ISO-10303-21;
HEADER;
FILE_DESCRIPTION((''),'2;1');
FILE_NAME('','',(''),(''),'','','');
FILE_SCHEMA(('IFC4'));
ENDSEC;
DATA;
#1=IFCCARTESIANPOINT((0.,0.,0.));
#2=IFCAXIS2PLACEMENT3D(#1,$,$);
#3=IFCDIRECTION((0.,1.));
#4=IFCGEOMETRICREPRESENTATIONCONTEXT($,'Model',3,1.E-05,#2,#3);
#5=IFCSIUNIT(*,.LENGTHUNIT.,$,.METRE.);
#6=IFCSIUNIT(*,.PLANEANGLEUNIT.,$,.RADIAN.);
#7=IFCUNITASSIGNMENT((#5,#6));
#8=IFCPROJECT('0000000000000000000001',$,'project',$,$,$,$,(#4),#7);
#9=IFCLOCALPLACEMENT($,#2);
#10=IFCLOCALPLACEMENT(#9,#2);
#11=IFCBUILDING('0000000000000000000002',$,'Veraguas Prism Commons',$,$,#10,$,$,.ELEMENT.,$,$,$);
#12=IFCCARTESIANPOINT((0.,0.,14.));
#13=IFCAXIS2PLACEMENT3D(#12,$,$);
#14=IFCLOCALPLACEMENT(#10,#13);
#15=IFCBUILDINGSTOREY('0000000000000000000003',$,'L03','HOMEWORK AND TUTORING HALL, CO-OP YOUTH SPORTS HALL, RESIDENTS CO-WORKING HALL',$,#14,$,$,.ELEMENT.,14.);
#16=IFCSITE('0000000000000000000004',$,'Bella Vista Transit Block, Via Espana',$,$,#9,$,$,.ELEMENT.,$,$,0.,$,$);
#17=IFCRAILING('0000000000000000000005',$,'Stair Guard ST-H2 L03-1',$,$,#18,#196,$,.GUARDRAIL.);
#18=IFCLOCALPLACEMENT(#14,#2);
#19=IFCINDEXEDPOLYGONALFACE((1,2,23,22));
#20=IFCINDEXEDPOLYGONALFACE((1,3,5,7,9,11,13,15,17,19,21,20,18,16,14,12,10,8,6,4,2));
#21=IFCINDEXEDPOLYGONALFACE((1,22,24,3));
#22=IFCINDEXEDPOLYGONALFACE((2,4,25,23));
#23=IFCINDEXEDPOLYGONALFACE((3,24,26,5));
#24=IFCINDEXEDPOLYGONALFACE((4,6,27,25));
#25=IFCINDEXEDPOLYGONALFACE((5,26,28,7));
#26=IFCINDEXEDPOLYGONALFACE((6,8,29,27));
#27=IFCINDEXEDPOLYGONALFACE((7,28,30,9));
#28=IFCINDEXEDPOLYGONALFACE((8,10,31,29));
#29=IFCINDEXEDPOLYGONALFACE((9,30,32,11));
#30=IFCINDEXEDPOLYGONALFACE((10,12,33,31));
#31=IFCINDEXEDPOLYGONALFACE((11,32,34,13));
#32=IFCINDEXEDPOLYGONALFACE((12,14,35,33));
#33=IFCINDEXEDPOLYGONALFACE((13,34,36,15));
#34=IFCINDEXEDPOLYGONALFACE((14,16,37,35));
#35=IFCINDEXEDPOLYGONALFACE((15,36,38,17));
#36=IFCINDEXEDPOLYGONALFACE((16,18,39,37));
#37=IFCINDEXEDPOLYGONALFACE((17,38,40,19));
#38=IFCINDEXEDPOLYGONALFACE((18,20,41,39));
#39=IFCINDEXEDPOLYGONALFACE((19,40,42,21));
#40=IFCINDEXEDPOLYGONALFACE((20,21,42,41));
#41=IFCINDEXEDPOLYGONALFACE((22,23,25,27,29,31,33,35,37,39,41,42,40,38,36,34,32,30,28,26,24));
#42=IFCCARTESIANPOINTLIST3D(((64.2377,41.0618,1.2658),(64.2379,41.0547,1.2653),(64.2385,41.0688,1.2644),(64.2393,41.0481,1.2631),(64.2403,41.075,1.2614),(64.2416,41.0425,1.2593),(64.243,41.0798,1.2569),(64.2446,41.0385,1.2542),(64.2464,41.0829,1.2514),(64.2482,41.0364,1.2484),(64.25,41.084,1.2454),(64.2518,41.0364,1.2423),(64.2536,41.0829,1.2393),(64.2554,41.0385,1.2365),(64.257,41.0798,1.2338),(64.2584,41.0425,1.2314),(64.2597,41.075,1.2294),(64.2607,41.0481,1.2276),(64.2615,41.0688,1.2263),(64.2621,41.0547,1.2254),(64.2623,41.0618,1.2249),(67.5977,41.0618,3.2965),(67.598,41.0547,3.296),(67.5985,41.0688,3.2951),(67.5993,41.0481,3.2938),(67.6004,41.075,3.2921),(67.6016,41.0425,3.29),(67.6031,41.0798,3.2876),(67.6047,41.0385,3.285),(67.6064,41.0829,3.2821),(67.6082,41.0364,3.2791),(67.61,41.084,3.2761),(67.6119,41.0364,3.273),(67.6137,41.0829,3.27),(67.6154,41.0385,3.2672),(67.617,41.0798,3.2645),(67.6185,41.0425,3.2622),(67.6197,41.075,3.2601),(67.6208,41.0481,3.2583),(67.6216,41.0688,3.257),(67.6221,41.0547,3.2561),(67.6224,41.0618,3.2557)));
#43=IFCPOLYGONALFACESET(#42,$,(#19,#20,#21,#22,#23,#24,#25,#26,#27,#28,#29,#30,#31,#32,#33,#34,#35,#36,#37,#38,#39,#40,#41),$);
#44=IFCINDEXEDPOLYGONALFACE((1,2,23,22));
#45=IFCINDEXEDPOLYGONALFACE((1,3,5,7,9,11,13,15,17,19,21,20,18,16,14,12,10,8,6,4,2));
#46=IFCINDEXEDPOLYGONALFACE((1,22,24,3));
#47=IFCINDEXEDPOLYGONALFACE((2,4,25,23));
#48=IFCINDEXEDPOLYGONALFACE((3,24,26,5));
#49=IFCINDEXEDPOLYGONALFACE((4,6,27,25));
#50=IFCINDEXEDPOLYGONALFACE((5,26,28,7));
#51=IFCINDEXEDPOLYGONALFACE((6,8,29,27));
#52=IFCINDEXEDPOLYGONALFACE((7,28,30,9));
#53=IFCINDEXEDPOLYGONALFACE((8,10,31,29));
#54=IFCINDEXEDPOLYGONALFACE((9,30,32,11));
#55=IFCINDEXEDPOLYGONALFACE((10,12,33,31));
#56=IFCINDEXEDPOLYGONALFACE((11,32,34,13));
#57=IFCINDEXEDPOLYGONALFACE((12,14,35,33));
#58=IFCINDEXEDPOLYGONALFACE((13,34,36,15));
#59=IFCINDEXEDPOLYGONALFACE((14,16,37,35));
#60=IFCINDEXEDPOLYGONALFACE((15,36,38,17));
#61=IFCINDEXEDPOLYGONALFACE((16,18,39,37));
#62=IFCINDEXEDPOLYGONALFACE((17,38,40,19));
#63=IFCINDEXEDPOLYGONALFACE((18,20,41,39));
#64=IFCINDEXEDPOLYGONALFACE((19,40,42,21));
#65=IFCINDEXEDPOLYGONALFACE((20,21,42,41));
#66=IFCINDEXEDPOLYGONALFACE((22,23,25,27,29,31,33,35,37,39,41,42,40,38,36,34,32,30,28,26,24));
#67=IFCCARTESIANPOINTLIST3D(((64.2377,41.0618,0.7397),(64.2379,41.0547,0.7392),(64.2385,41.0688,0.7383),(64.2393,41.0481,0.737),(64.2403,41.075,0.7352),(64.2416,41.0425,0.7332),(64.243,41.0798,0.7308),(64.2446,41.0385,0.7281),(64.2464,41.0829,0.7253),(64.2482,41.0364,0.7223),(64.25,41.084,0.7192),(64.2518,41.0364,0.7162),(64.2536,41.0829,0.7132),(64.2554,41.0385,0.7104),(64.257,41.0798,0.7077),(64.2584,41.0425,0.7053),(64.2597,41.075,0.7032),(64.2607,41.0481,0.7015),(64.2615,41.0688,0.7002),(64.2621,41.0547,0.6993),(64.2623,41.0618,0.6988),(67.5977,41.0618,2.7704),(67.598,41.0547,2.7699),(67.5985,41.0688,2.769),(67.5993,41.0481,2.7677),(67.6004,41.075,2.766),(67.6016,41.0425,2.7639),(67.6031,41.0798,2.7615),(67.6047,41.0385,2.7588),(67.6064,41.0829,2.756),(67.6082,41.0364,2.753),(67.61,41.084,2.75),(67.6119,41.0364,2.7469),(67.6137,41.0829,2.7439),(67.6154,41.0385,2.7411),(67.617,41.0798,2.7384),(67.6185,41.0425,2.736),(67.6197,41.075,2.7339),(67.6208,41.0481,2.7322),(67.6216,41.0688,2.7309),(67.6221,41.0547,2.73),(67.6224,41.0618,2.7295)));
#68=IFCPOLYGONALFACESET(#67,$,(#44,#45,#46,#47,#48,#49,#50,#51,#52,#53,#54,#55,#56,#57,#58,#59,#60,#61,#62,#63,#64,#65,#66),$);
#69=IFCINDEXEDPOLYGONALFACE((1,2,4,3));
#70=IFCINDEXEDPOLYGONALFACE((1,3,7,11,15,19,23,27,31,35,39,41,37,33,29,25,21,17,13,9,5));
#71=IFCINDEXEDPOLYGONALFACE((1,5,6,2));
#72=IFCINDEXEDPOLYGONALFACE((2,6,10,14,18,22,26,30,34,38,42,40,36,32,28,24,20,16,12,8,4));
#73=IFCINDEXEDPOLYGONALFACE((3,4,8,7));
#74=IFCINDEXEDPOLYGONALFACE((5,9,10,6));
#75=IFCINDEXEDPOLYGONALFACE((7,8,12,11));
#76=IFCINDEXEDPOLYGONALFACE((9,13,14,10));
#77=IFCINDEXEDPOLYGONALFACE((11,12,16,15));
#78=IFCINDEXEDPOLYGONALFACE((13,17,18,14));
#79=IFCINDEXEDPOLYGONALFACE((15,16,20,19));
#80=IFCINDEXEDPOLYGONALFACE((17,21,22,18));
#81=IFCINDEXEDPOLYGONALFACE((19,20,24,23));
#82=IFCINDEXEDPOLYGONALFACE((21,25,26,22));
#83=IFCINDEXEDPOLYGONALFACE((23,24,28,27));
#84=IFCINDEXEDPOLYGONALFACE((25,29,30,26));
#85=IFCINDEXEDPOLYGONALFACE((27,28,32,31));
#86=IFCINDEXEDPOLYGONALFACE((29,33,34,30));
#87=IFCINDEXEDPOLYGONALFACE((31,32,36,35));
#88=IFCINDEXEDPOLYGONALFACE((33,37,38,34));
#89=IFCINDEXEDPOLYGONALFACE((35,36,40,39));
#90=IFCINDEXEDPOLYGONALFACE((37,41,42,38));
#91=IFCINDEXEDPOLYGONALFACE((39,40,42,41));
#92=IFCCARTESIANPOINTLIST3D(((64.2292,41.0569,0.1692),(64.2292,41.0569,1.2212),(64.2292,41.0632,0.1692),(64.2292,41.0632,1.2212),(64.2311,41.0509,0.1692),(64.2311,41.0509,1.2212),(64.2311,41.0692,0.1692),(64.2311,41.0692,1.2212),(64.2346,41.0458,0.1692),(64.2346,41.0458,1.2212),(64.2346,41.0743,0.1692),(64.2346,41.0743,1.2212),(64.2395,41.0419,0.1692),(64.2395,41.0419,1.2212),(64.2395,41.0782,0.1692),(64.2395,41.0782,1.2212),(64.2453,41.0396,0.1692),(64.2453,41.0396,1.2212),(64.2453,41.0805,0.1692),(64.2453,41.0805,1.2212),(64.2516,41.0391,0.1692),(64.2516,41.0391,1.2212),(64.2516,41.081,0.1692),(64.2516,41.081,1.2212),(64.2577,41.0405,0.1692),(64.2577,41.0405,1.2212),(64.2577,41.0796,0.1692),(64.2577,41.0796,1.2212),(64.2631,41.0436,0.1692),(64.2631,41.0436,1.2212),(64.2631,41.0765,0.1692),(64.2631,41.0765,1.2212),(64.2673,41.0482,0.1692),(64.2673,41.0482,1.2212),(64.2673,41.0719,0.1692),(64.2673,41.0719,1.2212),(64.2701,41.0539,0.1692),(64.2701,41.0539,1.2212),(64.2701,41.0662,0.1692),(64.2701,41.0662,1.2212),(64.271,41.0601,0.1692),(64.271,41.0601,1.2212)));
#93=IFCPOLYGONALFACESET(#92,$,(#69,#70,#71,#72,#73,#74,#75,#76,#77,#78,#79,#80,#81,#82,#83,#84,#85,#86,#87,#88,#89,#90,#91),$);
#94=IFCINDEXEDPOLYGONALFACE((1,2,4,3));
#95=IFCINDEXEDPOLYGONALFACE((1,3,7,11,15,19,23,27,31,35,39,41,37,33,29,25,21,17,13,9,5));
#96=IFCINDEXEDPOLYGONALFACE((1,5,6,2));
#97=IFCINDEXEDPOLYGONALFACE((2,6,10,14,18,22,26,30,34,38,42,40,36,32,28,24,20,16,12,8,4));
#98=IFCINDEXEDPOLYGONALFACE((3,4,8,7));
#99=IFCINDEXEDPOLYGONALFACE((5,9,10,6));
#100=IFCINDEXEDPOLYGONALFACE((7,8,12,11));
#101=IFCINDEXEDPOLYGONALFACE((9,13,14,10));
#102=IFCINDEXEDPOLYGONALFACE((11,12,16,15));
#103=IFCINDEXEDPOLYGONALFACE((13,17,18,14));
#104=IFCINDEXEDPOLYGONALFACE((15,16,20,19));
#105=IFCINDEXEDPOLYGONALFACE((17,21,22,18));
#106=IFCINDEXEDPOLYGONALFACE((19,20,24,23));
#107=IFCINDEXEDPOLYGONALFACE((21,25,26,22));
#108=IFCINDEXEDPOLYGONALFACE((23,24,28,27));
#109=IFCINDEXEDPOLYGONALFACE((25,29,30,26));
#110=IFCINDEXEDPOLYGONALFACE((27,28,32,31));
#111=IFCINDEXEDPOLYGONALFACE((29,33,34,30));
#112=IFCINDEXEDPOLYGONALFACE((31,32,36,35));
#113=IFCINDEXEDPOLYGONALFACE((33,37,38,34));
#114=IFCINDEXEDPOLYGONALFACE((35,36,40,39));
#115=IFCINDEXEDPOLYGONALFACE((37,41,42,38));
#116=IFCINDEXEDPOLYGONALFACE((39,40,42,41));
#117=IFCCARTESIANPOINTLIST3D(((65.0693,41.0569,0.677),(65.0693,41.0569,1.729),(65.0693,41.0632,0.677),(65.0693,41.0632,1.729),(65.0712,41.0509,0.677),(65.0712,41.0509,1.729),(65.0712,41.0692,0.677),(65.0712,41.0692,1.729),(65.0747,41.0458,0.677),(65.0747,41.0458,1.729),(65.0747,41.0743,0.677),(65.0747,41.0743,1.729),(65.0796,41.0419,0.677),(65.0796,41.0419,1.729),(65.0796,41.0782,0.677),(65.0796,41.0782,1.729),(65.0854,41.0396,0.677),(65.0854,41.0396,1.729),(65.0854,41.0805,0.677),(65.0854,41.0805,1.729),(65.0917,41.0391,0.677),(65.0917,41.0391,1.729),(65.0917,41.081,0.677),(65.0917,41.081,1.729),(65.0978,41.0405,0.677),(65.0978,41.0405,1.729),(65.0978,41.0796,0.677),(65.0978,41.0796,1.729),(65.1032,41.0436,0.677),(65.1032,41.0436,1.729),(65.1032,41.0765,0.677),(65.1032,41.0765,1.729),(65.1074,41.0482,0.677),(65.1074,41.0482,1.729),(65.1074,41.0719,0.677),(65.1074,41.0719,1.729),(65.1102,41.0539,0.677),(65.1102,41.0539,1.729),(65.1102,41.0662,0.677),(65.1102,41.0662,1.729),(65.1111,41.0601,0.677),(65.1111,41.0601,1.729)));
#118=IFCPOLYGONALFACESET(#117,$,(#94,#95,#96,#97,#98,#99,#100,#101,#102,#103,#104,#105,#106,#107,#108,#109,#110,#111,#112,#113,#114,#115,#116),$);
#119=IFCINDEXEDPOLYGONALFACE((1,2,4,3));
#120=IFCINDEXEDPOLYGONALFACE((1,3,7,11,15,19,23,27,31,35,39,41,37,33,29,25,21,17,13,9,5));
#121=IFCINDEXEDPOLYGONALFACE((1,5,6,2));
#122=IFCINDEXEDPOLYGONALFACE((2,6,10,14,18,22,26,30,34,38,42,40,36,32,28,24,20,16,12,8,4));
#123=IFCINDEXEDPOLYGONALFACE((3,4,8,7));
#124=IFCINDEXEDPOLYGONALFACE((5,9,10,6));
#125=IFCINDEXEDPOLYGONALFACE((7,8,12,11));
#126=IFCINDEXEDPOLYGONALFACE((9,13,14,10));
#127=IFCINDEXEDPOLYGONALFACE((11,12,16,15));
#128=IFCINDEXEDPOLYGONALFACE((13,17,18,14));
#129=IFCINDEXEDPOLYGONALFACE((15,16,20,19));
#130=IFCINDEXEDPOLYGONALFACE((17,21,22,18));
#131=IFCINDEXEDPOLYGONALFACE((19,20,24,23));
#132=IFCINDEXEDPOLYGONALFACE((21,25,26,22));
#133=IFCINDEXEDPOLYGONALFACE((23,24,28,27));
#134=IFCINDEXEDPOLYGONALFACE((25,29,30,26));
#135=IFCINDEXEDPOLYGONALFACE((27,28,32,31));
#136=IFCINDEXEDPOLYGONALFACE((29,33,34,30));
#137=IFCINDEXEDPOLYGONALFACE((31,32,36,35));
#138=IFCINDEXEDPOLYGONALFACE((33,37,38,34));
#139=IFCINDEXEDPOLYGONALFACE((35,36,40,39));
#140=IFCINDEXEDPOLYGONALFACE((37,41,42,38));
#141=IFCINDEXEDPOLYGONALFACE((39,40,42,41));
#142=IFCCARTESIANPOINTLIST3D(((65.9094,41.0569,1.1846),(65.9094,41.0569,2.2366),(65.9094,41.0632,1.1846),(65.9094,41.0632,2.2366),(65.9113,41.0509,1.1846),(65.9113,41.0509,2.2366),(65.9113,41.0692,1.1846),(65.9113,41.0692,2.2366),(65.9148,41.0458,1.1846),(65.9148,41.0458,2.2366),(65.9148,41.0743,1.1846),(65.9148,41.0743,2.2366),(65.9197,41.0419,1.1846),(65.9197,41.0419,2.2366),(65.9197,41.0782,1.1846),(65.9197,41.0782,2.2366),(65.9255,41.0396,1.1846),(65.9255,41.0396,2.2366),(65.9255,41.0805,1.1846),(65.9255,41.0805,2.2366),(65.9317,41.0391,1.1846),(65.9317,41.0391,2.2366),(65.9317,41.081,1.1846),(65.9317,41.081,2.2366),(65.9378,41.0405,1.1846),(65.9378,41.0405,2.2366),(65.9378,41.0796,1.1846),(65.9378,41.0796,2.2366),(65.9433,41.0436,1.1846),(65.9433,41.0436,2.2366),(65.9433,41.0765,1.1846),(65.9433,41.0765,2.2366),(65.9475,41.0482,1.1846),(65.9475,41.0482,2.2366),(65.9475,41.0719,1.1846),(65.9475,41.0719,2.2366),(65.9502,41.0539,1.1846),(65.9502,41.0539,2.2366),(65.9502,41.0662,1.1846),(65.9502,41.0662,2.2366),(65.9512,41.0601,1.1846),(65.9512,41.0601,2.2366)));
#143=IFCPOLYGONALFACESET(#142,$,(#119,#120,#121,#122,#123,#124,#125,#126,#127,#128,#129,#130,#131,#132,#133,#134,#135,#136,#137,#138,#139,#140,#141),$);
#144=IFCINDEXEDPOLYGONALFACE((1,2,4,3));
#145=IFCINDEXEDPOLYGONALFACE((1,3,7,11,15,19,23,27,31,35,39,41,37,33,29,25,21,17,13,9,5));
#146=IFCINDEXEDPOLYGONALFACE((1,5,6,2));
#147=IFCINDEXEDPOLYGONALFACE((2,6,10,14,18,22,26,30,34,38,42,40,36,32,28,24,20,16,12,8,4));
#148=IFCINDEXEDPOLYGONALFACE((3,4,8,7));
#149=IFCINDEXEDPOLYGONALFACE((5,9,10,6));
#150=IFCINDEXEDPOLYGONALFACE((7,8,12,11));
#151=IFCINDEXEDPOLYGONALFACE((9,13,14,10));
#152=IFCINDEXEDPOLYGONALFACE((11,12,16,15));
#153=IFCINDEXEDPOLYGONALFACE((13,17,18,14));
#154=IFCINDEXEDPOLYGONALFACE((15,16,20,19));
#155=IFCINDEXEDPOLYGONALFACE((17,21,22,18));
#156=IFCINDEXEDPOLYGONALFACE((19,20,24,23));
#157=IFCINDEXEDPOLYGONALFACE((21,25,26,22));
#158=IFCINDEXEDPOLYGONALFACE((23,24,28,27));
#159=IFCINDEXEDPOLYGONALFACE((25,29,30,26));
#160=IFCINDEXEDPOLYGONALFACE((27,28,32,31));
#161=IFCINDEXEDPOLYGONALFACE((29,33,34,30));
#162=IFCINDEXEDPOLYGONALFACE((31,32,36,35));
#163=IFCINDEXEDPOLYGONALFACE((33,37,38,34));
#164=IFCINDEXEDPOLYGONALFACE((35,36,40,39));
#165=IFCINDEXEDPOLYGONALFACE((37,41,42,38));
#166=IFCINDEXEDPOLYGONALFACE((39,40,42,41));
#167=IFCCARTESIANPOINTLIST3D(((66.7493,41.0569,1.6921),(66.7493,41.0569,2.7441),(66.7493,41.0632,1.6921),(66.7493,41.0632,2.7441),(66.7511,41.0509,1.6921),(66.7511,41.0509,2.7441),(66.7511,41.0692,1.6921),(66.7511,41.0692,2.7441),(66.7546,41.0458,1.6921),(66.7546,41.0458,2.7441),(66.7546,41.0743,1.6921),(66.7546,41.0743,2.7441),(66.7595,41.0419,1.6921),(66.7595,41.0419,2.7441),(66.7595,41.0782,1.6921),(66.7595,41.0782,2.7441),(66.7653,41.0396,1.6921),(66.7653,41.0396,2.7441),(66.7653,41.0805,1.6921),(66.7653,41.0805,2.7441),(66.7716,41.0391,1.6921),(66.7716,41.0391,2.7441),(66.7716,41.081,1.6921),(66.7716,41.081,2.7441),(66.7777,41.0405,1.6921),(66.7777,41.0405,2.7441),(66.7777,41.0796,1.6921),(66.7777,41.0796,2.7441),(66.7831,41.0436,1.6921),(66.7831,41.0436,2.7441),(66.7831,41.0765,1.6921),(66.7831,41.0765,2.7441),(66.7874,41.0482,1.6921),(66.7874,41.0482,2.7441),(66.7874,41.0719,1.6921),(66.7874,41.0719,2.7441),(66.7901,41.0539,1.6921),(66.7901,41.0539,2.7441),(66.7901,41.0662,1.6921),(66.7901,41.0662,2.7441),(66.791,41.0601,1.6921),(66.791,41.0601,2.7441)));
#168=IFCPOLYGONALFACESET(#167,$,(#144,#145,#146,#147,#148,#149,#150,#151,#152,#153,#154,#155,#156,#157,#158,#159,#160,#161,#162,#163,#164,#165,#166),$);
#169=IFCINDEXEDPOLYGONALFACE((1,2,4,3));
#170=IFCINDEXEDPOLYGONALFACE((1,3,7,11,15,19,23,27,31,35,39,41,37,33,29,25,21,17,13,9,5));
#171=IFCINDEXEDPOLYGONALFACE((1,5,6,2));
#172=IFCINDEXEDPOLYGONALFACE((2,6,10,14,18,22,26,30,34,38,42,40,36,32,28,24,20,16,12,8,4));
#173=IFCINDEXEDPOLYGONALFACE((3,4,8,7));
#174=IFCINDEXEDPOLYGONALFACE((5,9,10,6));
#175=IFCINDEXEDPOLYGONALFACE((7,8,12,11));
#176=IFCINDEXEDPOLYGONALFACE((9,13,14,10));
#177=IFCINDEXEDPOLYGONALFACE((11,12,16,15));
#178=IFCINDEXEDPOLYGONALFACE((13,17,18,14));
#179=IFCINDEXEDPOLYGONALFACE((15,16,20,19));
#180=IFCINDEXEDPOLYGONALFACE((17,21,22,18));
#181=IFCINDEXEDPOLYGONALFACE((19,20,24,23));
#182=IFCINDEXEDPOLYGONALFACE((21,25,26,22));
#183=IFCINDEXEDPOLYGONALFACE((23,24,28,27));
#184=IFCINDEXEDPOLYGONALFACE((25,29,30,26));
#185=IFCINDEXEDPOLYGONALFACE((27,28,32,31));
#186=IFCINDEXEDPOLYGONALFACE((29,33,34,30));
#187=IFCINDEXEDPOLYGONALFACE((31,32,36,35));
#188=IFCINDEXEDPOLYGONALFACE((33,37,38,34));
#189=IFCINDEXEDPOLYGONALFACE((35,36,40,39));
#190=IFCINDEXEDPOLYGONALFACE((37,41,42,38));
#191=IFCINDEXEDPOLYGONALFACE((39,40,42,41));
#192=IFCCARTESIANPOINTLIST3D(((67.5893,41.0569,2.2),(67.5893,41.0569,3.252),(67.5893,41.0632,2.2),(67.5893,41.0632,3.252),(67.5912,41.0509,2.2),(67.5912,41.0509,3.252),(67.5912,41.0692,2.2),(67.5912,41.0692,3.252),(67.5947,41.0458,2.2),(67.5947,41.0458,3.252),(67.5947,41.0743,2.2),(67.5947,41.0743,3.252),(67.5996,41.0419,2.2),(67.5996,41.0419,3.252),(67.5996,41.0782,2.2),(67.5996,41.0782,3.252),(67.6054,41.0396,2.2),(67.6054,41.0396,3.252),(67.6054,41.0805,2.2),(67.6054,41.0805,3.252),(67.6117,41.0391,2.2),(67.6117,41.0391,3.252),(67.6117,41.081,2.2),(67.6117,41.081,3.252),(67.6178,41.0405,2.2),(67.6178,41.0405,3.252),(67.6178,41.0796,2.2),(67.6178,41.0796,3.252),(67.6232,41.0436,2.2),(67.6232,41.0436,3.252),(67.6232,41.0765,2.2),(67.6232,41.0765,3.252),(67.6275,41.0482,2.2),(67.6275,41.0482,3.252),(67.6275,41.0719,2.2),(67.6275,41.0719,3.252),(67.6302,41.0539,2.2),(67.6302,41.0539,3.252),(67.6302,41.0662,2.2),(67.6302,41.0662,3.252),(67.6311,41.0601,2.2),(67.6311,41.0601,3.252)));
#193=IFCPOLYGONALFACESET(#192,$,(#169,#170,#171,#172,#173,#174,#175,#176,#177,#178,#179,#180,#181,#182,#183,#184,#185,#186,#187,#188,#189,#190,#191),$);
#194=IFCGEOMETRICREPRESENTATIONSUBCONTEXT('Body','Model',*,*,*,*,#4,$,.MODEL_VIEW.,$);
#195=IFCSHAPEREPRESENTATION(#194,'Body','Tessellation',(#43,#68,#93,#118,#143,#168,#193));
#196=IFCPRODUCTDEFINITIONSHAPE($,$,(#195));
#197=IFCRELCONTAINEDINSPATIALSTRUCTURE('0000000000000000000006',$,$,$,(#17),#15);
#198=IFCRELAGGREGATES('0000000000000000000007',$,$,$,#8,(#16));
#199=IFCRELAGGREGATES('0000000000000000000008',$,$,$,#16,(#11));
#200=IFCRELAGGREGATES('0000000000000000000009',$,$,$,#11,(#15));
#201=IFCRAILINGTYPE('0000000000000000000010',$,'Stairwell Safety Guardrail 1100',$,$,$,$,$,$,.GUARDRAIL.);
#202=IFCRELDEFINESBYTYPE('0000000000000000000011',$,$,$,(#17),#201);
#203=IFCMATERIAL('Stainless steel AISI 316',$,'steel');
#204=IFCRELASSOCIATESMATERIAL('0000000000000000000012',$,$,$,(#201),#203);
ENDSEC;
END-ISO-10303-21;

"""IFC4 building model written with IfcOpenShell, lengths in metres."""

from ifc_helpers import new_model, si_unit, direction, frame, origin, origin_2d, place, context, subcontext, project, spatial, circle, extrude, material, type_object, element, save


model = new_model("IFC4")

# Units and contexts
model_context = context("Model", 3, precision=1e-05, world=origin(), true_north=direction((0.0, 1.0)))
body_context = subcontext(model_context, "Body", "Model", "MODEL_VIEW")
ifc_project = project(units=[si_unit("LENGTHUNIT", "METRE"), si_unit("PLANEANGLEUNIT", "RADIAN")], contexts=[model_context])

# Site, building, storey
site_placement = place(None, origin())
site = spatial("IfcSite", under=ifc_project, at=site_placement, Name="Bella Vista Transit Block, Via Espana", CompositionType="ELEMENT", RefElevation=0.0)
building_placement = place(site_placement, origin())
building = spatial("IfcBuilding", under=site, at=building_placement, Name="Veraguas Prism Commons", CompositionType="ELEMENT")
storey_placement = place(building_placement, frame((0.0, 0.0, 14.0)))
storey = spatial("IfcBuildingStorey", under=building, at=storey_placement, Name="L03", Description="HOMEWORK AND TUTORING HALL, CO-OP YOUTH SPORTS HALL, RESIDENTS CO-WORKING HALL", CompositionType="ELEMENT", Elevation=14.0)

# Railing
ifc_material_1 = material(Name="Stainless steel AISI 316", Category="steel")
railing_type_1 = type_object("IfcRailingType", Name="Stairwell Safety Guardrail 1100", PredefinedType="GUARDRAIL", material=ifc_material_1)
railing_1_placement = place(storey_placement, frame((64.25, 41.0601, 0.1692)))
element("IfcRailing", 1, at=railing_1_placement, inside=storey, type_object=railing_type_1, Name="Stair Guard ST-H2 L03-1", PredefinedType="GUARDRAIL", context=body_context, shape_type="SweptSolid", body=[
    extrude(circle(Radius=0.0239, at=origin_2d()), frame((0.0, 0.0, 1.0762), z_axis=(0.855837, 0.0, 0.517246), x_axis=(0.0, 1.0, 0.0)), (0.0, 0.0, 1.0), 3.926),
    extrude(circle(Radius=0.0239, at=origin_2d()), frame((0.0, 0.0, 0.55), z_axis=(0.855837, 0.0, 0.517246), x_axis=(0.0, 1.0, 0.0)), (0.0, 0.0, 1.0), 3.926),
    extrude(circle(Radius=0.021, at=origin_2d()), origin(), (0.0, 0.0, 1.0), 1.052),
    extrude(circle(Radius=0.021, at=origin_2d()), frame((0.8401, 0.0, 0.5078)), (0.0, 0.0, 1.0), 1.052),
    extrude(circle(Radius=0.021, at=origin_2d()), frame((1.6802, 0.0, 1.0154)), (0.0, 0.0, 1.0), 1.052),
    extrude(circle(Radius=0.021, at=origin_2d()), frame((2.52, 0.0, 1.5229)), (0.0, 0.0, 1.0), 1.052),
    extrude(circle(Radius=0.021, at=origin_2d()), frame((3.3601, 0.0, 2.0308)), (0.0, 0.0, 1.0), 1.052),
])

save(model, "model.ifc")
